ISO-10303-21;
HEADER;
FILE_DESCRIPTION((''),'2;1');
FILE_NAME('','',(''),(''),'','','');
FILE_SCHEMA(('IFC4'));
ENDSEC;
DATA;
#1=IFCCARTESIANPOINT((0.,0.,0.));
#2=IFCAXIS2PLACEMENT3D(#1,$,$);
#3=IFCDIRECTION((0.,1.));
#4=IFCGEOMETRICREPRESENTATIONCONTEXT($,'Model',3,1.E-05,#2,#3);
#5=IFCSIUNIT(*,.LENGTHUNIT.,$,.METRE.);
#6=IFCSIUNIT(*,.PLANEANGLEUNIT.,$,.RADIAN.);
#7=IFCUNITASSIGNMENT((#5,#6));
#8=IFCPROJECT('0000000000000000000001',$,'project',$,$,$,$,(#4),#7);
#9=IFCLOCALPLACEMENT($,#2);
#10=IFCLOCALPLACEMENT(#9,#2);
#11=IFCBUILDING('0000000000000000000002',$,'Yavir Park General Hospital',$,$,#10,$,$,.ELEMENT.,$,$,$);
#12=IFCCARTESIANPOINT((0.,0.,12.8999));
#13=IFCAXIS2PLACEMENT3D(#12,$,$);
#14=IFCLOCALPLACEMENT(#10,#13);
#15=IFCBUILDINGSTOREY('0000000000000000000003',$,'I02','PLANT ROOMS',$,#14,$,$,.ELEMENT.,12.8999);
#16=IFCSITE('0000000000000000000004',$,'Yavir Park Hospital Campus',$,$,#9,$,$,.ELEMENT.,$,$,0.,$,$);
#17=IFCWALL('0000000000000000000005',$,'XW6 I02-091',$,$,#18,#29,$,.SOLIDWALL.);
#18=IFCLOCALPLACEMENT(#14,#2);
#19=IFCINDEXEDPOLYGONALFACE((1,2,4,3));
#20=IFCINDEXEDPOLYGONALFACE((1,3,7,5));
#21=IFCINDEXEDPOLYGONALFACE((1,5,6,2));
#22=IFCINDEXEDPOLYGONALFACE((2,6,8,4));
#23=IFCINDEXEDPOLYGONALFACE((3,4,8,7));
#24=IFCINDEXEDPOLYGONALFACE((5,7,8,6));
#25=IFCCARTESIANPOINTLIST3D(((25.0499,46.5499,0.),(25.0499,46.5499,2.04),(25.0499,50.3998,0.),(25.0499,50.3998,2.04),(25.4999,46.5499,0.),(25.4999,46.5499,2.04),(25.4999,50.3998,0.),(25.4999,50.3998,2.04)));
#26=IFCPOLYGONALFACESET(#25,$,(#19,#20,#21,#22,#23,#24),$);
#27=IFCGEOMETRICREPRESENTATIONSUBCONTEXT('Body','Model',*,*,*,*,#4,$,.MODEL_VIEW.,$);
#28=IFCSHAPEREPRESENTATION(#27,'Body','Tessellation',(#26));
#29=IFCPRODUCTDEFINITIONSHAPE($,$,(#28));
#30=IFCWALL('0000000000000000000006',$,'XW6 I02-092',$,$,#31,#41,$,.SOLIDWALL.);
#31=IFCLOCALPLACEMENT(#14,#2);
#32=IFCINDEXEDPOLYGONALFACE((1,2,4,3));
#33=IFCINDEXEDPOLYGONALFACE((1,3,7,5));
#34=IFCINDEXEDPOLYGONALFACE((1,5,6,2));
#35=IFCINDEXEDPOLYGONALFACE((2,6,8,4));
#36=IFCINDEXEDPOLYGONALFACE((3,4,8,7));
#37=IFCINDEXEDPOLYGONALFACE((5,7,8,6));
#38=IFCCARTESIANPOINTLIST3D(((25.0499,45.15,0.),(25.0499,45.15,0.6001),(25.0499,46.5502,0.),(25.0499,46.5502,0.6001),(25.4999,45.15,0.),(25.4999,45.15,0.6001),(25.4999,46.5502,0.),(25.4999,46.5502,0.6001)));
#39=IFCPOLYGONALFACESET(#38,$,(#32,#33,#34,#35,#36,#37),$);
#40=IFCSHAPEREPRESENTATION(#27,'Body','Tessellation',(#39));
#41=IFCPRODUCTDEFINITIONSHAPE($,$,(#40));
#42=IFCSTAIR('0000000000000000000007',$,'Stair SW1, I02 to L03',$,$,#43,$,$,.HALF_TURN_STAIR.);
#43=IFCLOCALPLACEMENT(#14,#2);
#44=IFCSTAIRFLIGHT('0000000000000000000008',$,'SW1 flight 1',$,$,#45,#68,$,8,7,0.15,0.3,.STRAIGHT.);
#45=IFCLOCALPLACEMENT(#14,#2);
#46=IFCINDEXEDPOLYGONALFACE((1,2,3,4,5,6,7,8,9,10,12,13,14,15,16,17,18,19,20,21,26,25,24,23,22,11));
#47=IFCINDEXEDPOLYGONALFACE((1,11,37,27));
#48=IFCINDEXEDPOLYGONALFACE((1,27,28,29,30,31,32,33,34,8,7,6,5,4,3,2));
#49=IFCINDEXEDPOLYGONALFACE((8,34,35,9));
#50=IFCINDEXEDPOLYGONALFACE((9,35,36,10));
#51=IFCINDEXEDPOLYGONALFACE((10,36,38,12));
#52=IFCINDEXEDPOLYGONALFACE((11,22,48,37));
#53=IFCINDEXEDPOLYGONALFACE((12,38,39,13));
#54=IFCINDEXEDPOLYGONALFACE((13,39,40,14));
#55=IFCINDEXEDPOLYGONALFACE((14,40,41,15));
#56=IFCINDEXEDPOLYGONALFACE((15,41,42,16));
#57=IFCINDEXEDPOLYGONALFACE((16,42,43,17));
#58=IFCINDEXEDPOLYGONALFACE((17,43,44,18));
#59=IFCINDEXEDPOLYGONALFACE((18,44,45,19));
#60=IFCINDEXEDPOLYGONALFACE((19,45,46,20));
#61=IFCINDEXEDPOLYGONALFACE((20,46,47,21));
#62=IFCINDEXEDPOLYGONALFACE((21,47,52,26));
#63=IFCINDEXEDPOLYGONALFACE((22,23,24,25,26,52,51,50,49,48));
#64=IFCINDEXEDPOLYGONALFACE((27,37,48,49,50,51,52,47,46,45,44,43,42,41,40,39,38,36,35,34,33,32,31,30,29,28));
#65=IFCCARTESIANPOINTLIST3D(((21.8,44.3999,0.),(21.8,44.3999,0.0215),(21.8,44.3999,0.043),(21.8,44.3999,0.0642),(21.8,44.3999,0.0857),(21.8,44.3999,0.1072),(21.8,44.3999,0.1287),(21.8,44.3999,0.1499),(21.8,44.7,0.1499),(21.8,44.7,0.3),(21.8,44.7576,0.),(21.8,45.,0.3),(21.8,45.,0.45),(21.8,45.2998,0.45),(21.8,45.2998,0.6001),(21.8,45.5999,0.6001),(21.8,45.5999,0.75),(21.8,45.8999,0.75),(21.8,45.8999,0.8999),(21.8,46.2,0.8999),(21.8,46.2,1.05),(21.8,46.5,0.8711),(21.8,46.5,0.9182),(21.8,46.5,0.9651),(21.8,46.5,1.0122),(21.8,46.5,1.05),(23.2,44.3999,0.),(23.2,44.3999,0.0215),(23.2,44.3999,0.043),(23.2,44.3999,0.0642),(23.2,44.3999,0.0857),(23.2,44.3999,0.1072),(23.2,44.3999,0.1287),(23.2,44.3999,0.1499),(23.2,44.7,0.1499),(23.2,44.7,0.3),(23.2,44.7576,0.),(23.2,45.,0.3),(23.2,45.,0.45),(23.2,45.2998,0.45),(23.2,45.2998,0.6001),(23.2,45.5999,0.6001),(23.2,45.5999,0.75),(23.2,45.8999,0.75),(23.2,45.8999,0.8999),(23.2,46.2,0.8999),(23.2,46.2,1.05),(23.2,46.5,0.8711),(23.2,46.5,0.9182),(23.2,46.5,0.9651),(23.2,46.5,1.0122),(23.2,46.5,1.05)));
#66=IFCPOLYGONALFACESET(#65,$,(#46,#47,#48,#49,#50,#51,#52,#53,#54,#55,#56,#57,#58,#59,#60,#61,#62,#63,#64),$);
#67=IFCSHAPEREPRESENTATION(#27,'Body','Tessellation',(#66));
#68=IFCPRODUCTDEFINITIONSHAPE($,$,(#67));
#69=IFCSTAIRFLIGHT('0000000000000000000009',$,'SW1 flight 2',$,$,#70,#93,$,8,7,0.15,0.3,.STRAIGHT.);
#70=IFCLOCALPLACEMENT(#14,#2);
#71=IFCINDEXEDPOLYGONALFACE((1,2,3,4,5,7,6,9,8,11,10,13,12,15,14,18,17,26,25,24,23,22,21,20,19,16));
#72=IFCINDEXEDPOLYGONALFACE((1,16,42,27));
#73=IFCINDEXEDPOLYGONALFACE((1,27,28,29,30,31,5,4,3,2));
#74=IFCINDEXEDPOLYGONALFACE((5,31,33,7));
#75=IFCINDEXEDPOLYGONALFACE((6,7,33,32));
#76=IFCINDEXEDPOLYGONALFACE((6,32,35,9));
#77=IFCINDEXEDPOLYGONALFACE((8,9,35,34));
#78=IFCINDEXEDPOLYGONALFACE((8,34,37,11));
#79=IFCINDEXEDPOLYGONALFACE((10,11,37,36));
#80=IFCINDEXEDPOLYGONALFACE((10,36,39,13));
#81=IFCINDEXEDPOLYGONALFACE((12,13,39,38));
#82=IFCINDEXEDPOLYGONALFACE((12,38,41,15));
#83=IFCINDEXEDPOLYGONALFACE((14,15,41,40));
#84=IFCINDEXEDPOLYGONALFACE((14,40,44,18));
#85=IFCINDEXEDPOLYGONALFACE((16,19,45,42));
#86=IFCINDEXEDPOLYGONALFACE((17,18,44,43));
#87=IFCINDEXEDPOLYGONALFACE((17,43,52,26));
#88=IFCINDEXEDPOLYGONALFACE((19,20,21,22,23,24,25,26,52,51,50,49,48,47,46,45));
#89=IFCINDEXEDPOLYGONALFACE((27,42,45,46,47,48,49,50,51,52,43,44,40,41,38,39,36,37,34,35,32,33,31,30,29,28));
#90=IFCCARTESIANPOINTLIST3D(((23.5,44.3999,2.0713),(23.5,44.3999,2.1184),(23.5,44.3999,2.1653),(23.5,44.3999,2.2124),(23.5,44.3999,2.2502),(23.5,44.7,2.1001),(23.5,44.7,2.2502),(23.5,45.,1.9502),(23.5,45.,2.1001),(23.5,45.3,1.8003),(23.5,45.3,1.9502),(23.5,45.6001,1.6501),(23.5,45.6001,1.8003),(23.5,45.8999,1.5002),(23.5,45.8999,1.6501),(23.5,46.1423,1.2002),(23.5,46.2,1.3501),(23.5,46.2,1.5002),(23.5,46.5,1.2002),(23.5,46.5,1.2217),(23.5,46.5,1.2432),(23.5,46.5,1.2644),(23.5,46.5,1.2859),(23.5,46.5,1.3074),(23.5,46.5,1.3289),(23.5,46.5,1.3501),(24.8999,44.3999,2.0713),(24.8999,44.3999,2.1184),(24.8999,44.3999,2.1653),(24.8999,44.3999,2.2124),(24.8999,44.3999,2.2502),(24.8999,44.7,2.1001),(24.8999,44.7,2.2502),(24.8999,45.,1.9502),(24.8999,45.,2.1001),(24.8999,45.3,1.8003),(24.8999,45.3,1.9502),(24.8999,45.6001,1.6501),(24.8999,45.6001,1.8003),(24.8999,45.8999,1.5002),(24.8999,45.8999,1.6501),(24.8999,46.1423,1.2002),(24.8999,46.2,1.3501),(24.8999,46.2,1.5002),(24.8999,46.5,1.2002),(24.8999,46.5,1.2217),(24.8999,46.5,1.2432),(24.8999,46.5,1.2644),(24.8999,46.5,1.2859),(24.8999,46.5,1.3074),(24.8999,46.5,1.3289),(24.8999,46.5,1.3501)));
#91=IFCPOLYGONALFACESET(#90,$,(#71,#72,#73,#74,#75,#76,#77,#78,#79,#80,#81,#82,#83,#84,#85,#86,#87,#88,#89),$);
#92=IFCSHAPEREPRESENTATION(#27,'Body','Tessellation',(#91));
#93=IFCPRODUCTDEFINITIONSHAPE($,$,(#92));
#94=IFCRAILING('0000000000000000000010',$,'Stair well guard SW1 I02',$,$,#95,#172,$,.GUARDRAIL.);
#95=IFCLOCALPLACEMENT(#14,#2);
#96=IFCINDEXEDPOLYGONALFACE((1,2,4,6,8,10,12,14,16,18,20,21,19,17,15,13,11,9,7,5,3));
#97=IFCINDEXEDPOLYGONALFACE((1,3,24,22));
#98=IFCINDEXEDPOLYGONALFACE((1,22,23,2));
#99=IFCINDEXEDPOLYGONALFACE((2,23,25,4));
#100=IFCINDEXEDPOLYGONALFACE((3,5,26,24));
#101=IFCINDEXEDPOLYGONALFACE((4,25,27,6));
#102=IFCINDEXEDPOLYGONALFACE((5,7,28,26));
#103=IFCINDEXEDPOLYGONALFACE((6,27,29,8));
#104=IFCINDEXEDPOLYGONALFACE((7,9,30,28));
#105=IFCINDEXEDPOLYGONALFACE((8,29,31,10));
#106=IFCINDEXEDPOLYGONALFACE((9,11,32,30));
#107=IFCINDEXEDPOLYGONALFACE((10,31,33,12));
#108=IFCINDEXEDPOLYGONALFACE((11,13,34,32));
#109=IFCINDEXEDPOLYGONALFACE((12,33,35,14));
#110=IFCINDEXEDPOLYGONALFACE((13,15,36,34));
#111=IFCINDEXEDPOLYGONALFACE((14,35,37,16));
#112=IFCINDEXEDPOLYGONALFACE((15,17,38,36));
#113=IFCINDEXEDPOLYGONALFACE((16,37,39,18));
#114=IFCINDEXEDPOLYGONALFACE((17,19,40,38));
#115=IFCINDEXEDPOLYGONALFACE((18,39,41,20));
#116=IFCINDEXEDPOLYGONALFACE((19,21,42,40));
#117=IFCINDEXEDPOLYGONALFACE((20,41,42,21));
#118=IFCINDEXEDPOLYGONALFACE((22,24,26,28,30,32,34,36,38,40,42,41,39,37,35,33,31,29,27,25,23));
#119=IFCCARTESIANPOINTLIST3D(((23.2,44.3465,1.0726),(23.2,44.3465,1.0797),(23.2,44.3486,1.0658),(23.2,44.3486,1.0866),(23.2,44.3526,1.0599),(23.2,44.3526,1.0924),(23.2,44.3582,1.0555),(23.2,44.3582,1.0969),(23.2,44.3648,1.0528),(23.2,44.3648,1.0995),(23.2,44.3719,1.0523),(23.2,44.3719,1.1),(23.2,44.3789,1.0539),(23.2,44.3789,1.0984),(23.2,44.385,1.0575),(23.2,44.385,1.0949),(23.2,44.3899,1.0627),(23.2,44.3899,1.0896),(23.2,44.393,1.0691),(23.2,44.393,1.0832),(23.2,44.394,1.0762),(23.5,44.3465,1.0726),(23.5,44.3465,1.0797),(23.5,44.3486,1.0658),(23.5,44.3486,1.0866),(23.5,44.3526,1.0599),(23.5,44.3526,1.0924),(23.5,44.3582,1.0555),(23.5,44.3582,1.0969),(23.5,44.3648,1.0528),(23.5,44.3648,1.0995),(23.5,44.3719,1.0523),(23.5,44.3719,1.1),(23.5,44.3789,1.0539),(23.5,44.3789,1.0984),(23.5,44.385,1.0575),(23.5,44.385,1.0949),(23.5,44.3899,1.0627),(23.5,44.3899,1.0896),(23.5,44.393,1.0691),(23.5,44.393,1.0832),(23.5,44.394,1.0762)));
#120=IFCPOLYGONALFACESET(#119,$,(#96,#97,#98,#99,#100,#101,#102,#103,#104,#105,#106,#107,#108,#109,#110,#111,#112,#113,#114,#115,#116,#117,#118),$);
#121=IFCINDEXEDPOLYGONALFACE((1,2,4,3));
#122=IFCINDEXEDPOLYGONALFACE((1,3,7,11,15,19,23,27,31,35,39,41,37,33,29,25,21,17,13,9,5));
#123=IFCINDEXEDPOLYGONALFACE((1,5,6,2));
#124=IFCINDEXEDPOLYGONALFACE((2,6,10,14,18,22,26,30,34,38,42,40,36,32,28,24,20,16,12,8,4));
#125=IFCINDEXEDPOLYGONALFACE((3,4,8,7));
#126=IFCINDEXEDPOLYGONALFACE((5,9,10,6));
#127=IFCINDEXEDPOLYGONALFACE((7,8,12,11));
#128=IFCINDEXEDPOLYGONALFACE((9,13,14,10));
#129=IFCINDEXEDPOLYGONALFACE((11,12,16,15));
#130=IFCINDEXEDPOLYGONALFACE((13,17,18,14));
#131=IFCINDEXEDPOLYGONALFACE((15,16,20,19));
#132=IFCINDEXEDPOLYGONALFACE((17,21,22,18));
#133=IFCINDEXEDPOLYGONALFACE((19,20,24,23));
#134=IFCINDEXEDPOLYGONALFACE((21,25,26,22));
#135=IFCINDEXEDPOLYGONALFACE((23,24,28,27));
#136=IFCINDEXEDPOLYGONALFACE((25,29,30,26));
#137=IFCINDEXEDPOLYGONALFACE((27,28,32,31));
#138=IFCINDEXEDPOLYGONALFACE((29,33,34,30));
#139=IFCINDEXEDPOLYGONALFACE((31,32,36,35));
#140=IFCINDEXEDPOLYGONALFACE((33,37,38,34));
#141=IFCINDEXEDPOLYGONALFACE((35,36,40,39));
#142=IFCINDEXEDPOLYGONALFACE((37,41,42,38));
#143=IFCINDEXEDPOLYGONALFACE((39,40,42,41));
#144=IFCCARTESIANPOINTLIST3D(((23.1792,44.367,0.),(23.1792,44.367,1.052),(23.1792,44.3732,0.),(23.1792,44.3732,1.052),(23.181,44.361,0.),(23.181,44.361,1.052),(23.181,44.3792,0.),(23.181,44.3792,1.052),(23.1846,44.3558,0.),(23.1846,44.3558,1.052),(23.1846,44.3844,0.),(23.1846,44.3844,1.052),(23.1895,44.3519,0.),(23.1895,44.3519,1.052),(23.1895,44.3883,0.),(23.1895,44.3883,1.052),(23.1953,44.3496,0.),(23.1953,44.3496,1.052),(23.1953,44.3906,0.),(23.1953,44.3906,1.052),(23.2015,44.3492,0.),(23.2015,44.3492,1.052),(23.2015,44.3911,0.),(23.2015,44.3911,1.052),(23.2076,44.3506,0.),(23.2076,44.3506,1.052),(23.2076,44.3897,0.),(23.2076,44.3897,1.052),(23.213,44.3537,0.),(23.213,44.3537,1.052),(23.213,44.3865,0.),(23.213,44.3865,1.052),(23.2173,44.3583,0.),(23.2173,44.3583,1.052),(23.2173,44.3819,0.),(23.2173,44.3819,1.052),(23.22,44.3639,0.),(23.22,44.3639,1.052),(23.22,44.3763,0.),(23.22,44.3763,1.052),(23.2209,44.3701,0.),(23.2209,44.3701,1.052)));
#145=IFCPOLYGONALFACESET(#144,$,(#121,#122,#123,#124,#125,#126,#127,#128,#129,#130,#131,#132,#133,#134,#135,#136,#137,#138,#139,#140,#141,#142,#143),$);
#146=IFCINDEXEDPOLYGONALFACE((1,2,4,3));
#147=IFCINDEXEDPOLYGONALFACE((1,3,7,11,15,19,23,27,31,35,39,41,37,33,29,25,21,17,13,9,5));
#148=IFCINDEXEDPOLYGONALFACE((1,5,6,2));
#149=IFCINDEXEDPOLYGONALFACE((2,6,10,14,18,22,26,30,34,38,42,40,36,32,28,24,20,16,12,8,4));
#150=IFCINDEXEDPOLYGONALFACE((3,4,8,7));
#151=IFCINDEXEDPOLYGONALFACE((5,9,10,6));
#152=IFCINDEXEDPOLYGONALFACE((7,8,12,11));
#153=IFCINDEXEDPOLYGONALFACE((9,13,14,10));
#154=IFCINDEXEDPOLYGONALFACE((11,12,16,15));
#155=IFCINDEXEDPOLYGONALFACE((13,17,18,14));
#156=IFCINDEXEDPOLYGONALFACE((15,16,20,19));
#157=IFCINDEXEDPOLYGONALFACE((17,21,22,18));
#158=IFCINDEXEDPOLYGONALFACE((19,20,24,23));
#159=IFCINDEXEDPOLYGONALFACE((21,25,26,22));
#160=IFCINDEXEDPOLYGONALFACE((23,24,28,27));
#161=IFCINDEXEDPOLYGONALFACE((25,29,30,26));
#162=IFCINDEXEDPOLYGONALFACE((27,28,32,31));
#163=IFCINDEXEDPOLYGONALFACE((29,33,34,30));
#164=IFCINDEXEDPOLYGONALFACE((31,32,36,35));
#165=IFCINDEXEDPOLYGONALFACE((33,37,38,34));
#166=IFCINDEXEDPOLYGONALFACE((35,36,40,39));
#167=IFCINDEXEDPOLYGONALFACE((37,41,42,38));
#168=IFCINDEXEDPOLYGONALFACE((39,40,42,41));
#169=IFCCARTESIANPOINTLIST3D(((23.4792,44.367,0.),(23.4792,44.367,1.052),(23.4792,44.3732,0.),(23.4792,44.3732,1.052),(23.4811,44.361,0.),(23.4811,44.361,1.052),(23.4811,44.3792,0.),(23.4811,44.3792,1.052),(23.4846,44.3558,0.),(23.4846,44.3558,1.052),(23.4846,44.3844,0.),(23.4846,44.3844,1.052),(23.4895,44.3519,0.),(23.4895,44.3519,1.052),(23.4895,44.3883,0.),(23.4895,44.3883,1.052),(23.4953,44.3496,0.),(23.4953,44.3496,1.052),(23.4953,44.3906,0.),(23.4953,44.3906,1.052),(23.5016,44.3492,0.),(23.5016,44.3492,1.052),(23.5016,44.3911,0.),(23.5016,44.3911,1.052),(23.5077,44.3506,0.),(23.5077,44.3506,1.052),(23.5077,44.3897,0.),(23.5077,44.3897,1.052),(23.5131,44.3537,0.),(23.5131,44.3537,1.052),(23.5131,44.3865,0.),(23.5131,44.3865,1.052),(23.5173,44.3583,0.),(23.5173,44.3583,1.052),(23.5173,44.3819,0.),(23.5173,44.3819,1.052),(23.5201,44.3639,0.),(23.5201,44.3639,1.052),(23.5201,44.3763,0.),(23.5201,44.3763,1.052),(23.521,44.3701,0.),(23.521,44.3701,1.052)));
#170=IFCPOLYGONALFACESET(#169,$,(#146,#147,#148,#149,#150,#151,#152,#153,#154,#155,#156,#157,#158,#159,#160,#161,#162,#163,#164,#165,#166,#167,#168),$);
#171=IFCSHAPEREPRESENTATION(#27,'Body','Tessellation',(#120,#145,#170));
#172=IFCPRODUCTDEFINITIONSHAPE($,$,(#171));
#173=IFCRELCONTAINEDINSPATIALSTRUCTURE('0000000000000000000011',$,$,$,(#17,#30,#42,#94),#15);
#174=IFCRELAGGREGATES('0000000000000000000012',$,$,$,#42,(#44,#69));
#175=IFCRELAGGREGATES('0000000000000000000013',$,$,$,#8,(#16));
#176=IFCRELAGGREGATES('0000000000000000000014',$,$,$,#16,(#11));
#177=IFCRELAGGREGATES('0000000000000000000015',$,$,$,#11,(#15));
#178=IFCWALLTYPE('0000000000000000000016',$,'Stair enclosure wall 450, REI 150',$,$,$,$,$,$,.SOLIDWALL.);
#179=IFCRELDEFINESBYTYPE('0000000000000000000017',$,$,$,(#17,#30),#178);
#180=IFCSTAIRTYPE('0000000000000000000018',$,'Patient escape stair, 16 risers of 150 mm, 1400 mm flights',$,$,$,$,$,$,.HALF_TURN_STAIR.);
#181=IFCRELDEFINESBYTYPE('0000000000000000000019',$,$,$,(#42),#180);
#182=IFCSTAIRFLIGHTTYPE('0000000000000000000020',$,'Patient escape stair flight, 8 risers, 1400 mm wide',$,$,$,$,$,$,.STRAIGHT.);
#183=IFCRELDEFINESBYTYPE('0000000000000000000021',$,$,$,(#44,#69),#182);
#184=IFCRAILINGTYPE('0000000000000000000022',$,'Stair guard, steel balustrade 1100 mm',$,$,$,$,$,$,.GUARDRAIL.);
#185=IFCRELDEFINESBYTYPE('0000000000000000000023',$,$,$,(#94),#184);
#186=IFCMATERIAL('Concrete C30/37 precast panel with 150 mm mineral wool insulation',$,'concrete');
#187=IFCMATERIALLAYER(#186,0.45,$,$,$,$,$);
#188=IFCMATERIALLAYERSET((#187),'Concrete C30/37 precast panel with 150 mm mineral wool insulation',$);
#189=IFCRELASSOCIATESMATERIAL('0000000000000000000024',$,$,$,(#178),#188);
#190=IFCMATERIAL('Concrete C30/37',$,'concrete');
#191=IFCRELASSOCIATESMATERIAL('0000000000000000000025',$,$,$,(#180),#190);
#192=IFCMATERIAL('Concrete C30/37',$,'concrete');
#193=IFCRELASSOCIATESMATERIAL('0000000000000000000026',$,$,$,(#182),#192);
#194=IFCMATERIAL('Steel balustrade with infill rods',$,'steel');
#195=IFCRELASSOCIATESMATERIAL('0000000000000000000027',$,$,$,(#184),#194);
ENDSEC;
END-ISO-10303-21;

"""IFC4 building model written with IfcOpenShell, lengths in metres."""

from ifc_helpers import new_model, si_unit, direction, frame, frame_2d, origin, origin_2d, place, context, subcontext, project, spatial, polyline, rectangle, circle, outline, extrude, material, layer, layer_set, type_object, element, aggregate, save


model = new_model("IFC4")

# Units and contexts
model_context = context("Model", 3, precision=1e-05, world=origin(), true_north=direction((0.0, 1.0)))
body_context = subcontext(model_context, "Body", "Model", "MODEL_VIEW")
ifc_project = project(units=[si_unit("LENGTHUNIT", "METRE"), si_unit("PLANEANGLEUNIT", "RADIAN")], contexts=[model_context])

# Site, building, storey
site_placement = place(None, origin())
site = spatial("IfcSite", under=ifc_project, at=site_placement, Name="Yavir Park Hospital Campus", CompositionType="ELEMENT", RefElevation=0.0)
building_placement = place(site_placement, origin())
building = spatial("IfcBuilding", under=site, at=building_placement, Name="Yavir Park General Hospital", CompositionType="ELEMENT")
storey_placement = place(building_placement, frame((0.0, 0.0, 12.8999)))
storey = spatial("IfcBuildingStorey", under=building, at=storey_placement, Name="I02", Description="PLANT ROOMS", CompositionType="ELEMENT", Elevation=12.8999)

# Walls
ifc_material_1 = material(Name="Concrete C30/37 precast panel with 150 mm mineral wool insulation", Category="concrete")
ifc_layer_1 = layer(ifc_material_1, 0.45)
ifc_layer_set_1 = layer_set([ifc_layer_1], Name="Concrete C30/37 precast panel with 150 mm mineral wool insulation")
wall_type_1 = type_object("IfcWallType", Name="Stair enclosure wall 450, REI 150", PredefinedType="SOLIDWALL", material=ifc_layer_set_1)
wall_1_placement = place(storey_placement, frame((25.2749, 46.55, 0.0), z_axis=(0.0, 0.0, 1.0), x_axis=(0.0, 1.0, 0.0)))
element("IfcWall", 1, at=wall_1_placement, inside=storey, type_object=wall_type_1, Name="XW6 I02-091", PredefinedType="SOLIDWALL", context=body_context, shape_type="SweptSolid", body=[
    extrude(rectangle(XDim=3.8499, YDim=0.45, at=frame_2d((1.9248, 0.0))), origin(), (0.0, 0.0, 1.0), 2.04),
])
wall_2_placement = place(storey_placement, frame((25.2749, 45.1499, 0.0), z_axis=(0.0, 0.0, 1.0), x_axis=(0.0, 1.0, 0.0)))
element("IfcWall", 2, at=wall_2_placement, inside=storey, type_object=wall_type_1, Name="XW6 I02-092", PredefinedType="SOLIDWALL", context=body_context, shape_type="SweptSolid", body=[
    extrude(rectangle(XDim=1.4001, YDim=0.45, at=frame_2d((0.7002, 0.0))), origin(), (0.0, 0.0, 1.0), 0.6001),
])

# Stair, stair flights
ifc_material_2 = material(Name="Concrete C30/37", Category="concrete")
stair_type = type_object("IfcStairType", Name="Patient escape stair, 16 risers of 150 mm, 1400 mm flights", PredefinedType="HALF_TURN_STAIR", material=ifc_material_2)
stair_placement = place(storey_placement, origin())
stair = element("IfcStair", 3, at=stair_placement, inside=storey, type_object=stair_type, Name="Stair SW1, I02 to L03", PredefinedType="HALF_TURN_STAIR")
ifc_material_3 = material(Name="Concrete C30/37", Category="concrete")
stair_flight_type = type_object("IfcStairFlightType", Name="Patient escape stair flight, 8 risers, 1400 mm wide", PredefinedType="STRAIGHT", material=ifc_material_3)
stair_flight_1_placement = place(storey_placement, frame((22.5, 44.3999, 0.0), z_axis=(0.0, 0.0, 1.0), x_axis=(0.0, 1.0, 0.0)))
stair_flight_1 = element("IfcStairFlight", 4, at=stair_flight_1_placement, type_object=stair_flight_type, Name="SW1 flight 1", NumberOfRisers=8, NumberOfTreads=7, PredefinedType="STRAIGHT", RiserHeight=0.15, TreadLength=0.3, context=body_context, shape_type="SweptSolid", body=[
    extrude(outline(polyline([(0.0, 0.0), (0.0, 0.0215), (0.0, 0.043), (0.0, 0.0642), (0.0, 0.0857), (0.0, 0.1072), (0.0, 0.1287), (0.0, 0.1499), (0.3, 0.1499), (0.3, 0.3), (0.6001, 0.3), (0.6001, 0.45), (0.8999, 0.45), (0.8999, 0.6001), (1.2, 0.6001), (1.2, 0.75), (1.5, 0.75), (1.5, 0.8999), (1.8, 0.8999), (1.8, 1.05), (2.1001, 1.05), (2.1001, 1.2), (2.1001, 1.1531), (2.1001, 1.106), (2.1001, 1.0591), (2.1001, 1.0122), (2.1001, 0.9651), (2.1001, 0.9182), (2.1001, 0.8711), (0.3577, 0.0), (0.0, 0.0)])), frame((0.0, 0.7, 0.0), z_axis=(0.0, -1.0, 0.0), x_axis=(1.0, 0.0, 0.0)), (0.0, 0.0, 1.0), 1.3999),
])
stair_flight_2_placement = place(storey_placement, frame((24.2, 46.5, 1.2002), z_axis=(0.0, 0.0, 1.0), x_axis=(0.0, -1.0, 0.0)))
stair_flight_2 = element("IfcStairFlight", 5, at=stair_flight_2_placement, type_object=stair_flight_type, Name="SW1 flight 2", NumberOfRisers=8, NumberOfTreads=7, PredefinedType="STRAIGHT", RiserHeight=0.15, TreadLength=0.3, context=body_context, shape_type="SweptSolid", body=[
    extrude(outline(polyline([(0.0, 0.0), (0.0, 0.0215), (0.0, 0.043), (0.0, 0.0642), (0.0, 0.0857), (0.0, 0.1072), (0.0, 0.1287), (0.0, 0.1499), (0.3, 0.1499), (0.3, 0.3), (0.6001, 0.3), (0.6001, 0.45), (0.8999, 0.45), (0.8999, 0.6001), (1.2, 0.6001), (1.2, 0.75), (1.5, 0.75), (1.5, 0.8999), (1.8, 0.8999), (1.8, 1.05), (2.1001, 1.05), (2.1001, 1.2), (2.1001, 1.1531), (2.1001, 1.106), (2.1001, 1.0591), (2.1001, 1.0122), (2.1001, 0.9651), (2.1001, 0.9182), (2.1001, 0.8711), (0.3577, 0.0), (0.0, 0.0)])), frame((0.0, 0.7, 0.0), z_axis=(0.0, -1.0, 0.0), x_axis=(1.0, 0.0, 0.0)), (0.0, 0.0, 1.0), 1.3999),
])
aggregate(stair, [stair_flight_1, stair_flight_2])

# Railing
ifc_material_4 = material(Name="Steel balustrade with infill rods", Category="steel")
railing_type_1 = type_object("IfcRailingType", Name="Stair guard, steel balustrade 1100 mm", PredefinedType="GUARDRAIL", material=ifc_material_4)
railing_placement = place(storey_placement, frame((23.2, 44.3701, 0.0)))
element("IfcRailing", 6, at=railing_placement, inside=storey, type_object=railing_type_1, Name="Stair well guard SW1 I02", PredefinedType="GUARDRAIL", context=body_context, shape_type="SweptSolid", body=[
    extrude(circle(Radius=0.0239, at=origin_2d()), frame((0.0, 0.0, 1.0762), z_axis=(1.0, 0.0, 0.0), x_axis=(0.0, 1.0, 0.0)), (0.0, 0.0, 1.0), 0.3),
    extrude(circle(Radius=0.021, at=origin_2d()), origin(), (0.0, 0.0, 1.0), 1.052),
    extrude(circle(Radius=0.021, at=origin_2d()), frame((0.3, 0.0, 0.0)), (0.0, 0.0, 1.0), 1.052),
])

save(model, "model.ifc")
